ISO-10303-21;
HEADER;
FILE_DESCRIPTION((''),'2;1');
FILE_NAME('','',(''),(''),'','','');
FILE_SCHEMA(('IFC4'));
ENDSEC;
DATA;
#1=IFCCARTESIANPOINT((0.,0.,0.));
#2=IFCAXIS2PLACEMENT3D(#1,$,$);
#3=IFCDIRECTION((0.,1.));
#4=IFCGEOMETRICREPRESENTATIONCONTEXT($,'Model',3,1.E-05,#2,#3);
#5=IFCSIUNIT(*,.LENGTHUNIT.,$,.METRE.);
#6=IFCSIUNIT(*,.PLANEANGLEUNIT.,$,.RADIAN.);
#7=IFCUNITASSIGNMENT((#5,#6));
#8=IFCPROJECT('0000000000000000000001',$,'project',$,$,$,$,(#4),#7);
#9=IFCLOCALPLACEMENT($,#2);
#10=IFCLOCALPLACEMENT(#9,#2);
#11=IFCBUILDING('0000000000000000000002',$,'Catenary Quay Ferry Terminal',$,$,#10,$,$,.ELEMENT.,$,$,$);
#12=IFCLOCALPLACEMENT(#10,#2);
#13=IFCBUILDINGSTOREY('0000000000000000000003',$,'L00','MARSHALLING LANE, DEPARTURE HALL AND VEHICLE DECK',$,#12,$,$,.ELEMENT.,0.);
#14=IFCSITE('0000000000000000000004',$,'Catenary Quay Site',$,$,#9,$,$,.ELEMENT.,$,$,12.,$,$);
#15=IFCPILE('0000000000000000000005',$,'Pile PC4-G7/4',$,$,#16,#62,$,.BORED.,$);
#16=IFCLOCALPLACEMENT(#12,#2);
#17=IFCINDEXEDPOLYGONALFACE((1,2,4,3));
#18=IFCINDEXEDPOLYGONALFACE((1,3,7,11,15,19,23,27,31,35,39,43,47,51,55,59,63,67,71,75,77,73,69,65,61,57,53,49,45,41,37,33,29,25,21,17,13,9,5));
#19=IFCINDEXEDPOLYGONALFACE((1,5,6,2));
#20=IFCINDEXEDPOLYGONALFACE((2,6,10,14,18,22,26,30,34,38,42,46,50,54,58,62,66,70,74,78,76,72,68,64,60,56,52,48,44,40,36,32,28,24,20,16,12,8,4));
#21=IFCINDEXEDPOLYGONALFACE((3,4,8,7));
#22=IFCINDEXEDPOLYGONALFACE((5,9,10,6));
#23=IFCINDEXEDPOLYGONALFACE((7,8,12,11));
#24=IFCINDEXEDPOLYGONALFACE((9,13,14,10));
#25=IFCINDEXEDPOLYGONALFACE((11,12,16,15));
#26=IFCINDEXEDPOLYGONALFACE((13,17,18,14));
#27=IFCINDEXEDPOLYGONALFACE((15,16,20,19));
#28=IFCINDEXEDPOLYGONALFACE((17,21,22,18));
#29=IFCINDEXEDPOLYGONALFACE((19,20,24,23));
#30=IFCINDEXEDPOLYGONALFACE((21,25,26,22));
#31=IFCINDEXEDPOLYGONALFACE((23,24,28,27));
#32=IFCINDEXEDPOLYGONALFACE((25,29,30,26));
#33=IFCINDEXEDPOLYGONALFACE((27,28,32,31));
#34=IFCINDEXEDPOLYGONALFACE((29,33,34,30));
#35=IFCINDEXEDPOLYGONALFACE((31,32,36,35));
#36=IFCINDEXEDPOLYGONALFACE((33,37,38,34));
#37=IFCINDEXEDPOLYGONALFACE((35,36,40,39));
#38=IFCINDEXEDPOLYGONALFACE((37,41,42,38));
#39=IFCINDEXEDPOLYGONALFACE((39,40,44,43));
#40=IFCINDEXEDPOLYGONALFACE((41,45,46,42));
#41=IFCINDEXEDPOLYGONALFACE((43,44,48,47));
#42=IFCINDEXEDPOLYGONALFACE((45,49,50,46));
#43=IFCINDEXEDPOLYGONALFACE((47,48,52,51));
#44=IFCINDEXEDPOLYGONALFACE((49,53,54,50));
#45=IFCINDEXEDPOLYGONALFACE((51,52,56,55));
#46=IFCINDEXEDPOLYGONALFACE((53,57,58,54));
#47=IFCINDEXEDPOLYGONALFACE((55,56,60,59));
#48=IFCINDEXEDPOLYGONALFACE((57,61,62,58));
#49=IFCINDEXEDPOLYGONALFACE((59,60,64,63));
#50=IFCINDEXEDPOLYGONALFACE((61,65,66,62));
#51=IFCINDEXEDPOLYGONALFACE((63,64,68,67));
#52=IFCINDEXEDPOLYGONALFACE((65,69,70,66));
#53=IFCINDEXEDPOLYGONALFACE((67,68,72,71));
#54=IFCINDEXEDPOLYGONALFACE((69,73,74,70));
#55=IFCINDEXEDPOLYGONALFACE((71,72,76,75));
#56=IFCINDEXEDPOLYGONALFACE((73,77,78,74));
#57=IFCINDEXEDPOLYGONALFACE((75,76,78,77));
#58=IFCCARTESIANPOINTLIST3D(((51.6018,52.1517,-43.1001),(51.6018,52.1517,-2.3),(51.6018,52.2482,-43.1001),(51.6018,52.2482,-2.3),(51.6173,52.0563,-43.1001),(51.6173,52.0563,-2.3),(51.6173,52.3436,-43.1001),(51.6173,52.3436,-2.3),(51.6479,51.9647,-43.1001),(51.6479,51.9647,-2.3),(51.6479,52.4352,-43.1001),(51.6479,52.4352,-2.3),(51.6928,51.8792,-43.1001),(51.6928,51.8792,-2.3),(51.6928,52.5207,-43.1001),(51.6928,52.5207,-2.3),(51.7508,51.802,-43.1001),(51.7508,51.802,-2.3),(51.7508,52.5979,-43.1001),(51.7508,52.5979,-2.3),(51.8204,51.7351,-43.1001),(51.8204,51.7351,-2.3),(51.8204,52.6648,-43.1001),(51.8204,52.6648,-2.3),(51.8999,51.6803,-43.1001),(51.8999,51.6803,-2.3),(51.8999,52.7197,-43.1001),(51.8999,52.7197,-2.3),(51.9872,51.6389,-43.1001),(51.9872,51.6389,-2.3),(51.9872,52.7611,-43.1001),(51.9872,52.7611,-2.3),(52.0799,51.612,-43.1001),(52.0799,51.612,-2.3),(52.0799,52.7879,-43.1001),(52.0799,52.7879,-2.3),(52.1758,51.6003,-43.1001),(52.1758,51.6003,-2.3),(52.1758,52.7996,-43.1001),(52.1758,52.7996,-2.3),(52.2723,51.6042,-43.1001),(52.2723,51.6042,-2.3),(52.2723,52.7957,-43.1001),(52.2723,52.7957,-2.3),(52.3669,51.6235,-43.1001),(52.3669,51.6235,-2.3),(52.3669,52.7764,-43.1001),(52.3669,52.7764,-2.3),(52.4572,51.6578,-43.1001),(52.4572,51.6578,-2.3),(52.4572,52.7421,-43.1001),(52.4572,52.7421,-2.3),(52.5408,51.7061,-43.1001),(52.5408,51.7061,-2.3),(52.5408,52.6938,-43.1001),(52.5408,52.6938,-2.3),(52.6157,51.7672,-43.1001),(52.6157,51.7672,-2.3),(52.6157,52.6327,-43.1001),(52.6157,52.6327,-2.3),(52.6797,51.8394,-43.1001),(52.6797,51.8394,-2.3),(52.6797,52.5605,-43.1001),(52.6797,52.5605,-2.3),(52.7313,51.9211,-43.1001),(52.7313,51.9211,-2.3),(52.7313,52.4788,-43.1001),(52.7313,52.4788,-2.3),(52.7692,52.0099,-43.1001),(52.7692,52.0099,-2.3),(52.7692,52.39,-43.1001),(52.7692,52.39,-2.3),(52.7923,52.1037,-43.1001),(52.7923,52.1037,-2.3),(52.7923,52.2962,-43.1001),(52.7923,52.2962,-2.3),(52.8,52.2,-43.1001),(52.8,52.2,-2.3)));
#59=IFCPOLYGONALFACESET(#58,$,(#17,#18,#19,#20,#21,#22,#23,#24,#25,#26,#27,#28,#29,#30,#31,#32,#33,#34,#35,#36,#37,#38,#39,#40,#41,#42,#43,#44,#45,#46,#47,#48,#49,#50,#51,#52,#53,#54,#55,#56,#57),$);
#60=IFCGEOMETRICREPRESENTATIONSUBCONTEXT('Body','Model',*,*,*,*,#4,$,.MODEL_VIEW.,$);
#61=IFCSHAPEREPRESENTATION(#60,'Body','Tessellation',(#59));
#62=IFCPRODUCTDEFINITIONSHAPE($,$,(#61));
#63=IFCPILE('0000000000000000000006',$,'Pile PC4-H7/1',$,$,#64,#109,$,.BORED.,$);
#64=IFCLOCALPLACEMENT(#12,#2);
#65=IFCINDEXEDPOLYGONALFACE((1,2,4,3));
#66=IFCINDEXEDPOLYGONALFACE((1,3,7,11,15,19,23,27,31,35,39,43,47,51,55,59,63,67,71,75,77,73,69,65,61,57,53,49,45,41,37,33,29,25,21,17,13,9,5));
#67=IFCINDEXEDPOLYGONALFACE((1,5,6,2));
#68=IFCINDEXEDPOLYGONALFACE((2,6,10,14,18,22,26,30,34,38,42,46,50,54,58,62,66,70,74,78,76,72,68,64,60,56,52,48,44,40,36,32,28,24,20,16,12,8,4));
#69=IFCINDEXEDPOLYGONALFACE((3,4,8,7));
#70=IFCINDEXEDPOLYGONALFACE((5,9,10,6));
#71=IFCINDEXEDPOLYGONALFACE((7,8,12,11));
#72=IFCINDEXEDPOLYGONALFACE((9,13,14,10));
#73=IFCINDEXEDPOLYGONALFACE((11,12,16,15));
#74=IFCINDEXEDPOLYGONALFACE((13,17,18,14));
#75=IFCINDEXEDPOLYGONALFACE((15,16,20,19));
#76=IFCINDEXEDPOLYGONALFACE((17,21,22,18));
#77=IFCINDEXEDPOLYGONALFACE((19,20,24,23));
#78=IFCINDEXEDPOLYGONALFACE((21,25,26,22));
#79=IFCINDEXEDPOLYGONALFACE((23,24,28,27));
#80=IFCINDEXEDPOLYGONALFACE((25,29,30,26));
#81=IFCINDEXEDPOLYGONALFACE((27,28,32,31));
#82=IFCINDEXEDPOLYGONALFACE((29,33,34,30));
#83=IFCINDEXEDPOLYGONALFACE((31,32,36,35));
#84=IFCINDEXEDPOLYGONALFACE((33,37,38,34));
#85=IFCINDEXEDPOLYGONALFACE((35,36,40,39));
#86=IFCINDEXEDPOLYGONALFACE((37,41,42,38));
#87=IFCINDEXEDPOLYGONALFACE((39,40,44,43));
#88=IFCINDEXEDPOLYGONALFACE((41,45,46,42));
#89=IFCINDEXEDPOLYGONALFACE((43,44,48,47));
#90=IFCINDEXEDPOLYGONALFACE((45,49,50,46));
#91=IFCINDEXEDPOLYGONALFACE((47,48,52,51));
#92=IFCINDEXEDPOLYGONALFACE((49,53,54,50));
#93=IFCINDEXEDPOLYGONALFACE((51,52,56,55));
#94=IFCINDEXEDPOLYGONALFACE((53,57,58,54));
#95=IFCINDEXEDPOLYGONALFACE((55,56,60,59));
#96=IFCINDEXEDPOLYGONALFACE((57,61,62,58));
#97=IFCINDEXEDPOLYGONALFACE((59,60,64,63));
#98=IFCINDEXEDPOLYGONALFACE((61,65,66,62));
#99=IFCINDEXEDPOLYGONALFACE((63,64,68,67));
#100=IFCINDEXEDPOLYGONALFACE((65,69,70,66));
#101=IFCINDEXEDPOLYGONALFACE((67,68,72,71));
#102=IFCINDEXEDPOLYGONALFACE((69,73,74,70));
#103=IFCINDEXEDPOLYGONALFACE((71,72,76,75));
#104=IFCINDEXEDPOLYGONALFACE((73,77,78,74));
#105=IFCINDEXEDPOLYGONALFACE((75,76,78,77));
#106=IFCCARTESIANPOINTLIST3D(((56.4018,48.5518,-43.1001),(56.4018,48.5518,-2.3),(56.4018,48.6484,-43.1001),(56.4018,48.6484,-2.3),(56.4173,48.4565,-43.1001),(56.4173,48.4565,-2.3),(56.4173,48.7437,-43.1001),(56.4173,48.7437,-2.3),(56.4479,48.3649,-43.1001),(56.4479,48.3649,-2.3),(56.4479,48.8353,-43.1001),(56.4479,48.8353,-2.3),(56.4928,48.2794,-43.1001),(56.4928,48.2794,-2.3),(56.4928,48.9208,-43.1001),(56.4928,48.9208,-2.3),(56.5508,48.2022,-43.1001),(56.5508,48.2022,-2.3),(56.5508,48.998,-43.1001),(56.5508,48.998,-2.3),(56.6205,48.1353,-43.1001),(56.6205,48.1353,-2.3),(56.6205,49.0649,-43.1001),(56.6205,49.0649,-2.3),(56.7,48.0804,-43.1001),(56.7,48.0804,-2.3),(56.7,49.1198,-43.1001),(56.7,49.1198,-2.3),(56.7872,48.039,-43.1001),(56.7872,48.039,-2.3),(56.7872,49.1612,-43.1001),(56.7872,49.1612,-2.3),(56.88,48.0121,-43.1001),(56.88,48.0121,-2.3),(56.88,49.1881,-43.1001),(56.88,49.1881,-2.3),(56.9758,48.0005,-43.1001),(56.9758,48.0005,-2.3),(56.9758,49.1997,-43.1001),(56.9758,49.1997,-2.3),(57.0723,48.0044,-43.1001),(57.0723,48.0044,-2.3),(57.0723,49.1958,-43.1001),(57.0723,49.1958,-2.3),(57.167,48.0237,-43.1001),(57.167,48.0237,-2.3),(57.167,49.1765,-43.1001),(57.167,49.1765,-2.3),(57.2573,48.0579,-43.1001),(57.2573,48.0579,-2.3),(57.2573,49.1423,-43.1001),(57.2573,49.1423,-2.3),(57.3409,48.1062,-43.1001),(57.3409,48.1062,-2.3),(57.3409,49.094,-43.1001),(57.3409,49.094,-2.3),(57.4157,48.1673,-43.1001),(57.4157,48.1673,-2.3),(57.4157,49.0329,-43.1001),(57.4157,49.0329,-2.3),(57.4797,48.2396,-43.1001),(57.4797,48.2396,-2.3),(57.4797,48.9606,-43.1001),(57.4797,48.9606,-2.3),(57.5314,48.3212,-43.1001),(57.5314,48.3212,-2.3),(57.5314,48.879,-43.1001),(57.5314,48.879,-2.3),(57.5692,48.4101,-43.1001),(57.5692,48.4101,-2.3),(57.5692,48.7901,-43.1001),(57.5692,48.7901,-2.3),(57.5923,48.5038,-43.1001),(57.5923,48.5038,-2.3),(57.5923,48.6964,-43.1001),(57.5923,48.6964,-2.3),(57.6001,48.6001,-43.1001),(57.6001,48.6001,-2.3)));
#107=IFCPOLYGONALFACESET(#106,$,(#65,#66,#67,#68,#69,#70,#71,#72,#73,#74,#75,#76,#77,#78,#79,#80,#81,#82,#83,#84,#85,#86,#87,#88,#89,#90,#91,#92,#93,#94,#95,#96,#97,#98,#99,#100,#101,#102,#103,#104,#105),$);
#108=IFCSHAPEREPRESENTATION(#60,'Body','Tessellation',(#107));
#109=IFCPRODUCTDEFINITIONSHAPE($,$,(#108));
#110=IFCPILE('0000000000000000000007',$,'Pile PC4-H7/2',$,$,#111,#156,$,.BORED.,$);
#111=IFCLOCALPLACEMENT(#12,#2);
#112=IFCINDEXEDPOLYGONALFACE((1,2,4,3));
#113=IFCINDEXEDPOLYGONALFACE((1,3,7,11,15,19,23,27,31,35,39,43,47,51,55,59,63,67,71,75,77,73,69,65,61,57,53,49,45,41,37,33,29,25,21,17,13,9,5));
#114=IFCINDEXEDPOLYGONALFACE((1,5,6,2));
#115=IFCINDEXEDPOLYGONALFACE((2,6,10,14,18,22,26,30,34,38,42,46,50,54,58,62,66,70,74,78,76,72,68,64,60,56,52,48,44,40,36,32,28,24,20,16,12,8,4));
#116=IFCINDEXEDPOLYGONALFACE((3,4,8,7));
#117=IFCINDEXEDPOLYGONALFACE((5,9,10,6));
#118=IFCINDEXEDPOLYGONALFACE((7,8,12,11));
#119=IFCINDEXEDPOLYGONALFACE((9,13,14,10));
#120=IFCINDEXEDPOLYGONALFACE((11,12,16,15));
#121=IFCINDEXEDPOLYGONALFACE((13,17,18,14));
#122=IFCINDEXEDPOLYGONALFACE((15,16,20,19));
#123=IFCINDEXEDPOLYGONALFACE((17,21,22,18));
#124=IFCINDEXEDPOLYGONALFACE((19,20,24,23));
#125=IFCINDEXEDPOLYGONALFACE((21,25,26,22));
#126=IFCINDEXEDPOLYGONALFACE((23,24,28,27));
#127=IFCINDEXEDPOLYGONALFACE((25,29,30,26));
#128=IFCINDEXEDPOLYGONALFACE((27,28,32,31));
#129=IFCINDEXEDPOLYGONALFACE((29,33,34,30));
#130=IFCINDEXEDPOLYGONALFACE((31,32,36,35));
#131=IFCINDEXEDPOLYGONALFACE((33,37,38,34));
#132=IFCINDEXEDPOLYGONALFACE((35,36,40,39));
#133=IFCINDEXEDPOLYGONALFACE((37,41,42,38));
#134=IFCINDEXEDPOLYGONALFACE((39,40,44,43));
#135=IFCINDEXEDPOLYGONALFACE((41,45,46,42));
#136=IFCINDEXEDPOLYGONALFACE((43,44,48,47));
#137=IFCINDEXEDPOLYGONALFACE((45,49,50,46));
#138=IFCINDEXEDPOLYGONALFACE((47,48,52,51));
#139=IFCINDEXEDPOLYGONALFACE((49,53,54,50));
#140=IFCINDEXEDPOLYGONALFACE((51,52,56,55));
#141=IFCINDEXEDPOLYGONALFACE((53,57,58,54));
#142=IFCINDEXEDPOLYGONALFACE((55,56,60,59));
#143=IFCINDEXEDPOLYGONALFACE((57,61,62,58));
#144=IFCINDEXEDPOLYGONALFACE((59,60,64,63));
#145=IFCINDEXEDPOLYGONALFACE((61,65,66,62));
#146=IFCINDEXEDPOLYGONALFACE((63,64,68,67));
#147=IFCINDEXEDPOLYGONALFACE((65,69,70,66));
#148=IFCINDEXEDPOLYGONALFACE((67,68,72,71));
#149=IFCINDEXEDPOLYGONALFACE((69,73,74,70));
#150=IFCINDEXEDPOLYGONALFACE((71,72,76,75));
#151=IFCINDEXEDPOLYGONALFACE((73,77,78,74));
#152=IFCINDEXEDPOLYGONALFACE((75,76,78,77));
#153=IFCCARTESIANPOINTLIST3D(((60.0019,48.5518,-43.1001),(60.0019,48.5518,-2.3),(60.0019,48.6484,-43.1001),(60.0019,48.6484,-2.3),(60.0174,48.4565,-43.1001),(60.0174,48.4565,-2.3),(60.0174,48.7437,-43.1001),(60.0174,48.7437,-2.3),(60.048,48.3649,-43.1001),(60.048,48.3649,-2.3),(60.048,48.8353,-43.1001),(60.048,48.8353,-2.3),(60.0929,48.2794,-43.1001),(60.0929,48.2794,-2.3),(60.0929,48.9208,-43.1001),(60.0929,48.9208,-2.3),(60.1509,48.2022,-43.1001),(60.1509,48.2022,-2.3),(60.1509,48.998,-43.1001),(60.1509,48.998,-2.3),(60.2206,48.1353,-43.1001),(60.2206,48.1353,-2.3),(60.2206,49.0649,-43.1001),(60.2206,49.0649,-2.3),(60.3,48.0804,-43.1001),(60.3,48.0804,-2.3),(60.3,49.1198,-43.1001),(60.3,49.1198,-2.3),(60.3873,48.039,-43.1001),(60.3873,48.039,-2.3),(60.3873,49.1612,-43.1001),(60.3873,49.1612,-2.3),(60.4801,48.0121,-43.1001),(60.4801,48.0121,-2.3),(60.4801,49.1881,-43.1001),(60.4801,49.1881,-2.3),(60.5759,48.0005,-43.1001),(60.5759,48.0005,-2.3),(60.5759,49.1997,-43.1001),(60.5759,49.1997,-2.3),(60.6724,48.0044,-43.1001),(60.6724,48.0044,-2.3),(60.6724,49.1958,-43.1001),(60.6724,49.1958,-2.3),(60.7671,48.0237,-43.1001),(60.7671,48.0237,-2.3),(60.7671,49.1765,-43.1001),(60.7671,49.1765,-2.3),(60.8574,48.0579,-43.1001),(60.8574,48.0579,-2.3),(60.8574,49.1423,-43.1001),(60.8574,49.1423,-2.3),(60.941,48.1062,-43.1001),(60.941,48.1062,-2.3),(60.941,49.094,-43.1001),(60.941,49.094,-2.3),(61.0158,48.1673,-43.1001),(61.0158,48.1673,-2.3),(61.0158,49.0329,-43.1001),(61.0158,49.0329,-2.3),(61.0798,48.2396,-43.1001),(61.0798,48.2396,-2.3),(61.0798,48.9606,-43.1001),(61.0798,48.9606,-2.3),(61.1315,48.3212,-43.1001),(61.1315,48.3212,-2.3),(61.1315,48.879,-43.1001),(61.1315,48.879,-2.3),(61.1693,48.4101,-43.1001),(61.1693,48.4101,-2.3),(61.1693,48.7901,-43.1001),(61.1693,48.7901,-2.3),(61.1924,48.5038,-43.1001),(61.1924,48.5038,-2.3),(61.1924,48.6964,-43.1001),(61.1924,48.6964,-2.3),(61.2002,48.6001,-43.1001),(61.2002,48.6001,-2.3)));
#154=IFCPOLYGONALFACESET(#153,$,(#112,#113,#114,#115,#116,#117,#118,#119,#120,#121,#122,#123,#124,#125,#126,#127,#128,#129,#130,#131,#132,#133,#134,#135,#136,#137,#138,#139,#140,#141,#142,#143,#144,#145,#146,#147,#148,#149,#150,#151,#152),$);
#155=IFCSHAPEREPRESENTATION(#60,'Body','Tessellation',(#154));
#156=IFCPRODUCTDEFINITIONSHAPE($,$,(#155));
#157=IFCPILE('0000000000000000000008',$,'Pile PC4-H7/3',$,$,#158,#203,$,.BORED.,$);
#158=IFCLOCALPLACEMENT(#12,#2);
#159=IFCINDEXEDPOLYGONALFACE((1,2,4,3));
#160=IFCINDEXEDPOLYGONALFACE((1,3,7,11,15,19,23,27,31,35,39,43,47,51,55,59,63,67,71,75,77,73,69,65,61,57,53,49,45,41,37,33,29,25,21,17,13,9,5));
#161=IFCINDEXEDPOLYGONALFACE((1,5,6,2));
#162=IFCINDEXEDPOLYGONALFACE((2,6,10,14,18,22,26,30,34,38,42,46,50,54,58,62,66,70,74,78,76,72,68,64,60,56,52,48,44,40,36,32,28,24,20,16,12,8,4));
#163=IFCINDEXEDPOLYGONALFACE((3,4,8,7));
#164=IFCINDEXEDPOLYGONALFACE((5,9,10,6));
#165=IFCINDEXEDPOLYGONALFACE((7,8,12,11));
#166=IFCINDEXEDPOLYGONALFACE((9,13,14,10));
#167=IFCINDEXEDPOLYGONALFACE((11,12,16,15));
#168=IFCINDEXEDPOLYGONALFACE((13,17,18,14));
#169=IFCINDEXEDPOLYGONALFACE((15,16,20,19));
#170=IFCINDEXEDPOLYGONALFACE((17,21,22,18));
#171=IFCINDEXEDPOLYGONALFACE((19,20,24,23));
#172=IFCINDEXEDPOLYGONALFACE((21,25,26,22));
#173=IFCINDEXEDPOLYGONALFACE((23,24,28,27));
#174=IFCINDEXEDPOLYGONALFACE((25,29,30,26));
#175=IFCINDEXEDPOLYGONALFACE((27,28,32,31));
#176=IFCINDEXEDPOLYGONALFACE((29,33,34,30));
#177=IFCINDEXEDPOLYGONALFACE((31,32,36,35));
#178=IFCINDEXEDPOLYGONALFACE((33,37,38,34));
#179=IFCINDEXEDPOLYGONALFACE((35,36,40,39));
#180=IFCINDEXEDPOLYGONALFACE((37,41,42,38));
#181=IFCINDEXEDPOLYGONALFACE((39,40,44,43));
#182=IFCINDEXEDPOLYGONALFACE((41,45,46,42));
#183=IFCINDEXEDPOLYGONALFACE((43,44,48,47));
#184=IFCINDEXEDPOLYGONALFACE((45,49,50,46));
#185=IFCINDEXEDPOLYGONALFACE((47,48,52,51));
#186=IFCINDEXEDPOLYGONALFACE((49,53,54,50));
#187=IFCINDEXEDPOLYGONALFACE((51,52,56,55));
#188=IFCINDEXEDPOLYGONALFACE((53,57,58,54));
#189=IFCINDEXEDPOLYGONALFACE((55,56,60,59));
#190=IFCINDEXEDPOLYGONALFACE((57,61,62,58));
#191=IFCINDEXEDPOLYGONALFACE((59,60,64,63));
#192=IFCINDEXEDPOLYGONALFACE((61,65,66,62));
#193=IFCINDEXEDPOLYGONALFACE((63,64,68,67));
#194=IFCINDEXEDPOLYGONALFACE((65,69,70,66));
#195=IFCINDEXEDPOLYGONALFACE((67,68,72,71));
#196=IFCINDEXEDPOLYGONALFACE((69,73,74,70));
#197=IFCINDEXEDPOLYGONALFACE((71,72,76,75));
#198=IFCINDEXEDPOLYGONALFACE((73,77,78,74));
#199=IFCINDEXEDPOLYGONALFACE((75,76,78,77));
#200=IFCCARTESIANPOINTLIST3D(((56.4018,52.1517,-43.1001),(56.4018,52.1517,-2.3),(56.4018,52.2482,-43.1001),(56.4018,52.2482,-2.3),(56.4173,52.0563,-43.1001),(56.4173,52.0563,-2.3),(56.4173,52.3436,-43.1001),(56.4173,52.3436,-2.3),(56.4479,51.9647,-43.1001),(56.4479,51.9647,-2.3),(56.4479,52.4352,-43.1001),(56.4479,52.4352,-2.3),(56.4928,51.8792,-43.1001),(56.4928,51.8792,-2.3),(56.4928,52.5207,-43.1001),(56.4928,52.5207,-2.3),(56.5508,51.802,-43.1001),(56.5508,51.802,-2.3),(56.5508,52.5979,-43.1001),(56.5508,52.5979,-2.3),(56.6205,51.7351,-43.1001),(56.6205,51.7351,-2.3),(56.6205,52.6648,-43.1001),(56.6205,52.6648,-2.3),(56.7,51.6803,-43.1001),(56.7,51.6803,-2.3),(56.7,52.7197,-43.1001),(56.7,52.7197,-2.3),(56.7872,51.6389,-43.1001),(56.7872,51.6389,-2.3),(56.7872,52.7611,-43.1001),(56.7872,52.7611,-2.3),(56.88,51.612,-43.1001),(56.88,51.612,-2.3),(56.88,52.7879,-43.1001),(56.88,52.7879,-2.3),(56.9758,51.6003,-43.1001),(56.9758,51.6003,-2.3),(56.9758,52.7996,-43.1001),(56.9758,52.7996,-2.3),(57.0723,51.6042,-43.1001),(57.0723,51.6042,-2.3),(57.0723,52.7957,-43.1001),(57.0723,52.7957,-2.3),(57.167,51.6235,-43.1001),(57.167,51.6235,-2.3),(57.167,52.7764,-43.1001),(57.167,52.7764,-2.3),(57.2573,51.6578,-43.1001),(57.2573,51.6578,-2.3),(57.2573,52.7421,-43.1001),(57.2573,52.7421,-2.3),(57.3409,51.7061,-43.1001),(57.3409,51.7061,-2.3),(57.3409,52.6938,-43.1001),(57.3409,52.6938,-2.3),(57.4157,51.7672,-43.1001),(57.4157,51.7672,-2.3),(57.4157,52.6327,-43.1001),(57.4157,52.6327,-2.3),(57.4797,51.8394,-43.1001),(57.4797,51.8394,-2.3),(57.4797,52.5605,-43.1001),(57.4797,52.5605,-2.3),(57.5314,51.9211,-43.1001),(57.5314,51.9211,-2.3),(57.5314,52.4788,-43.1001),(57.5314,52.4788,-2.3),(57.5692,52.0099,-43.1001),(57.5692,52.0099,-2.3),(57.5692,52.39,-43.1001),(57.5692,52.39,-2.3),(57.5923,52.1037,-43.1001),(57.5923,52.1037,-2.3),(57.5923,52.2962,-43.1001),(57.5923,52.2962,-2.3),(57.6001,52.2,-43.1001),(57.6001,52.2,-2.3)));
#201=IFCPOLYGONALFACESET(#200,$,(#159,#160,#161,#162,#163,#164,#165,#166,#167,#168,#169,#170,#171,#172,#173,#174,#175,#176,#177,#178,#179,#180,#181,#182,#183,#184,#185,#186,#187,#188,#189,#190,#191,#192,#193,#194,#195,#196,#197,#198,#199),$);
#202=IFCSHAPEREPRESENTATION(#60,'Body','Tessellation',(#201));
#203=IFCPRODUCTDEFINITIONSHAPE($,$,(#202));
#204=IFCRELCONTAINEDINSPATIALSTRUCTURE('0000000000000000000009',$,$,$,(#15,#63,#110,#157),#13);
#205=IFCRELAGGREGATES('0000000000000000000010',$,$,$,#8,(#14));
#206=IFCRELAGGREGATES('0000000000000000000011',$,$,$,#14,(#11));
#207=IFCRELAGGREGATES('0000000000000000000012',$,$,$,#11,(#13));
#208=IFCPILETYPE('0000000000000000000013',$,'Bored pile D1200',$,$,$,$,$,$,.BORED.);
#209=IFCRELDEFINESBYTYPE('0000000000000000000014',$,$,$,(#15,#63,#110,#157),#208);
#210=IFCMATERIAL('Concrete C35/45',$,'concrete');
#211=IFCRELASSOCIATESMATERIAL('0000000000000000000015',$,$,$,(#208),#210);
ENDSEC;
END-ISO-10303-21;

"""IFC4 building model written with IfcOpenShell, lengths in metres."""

from ifc_helpers import new_model, si_unit, direction, frame, origin, origin_2d, place, context, subcontext, project, spatial, circle, extrude, material, material_profile, profile_set, type_object, element, save


model = new_model("IFC4")

# Units and contexts
model_context = context("Model", 3, precision=1e-05, world=origin(), true_north=direction((0.0, 1.0)))
body_context = subcontext(model_context, "Body", "Model", "MODEL_VIEW")
ifc_project = project(units=[si_unit("LENGTHUNIT", "METRE"), si_unit("PLANEANGLEUNIT", "RADIAN")], contexts=[model_context])

# Site, building, storey
site_placement = place(None, origin())
site = spatial("IfcSite", under=ifc_project, at=site_placement, Name="Catenary Quay Site", CompositionType="ELEMENT", RefElevation=12.0)
building_placement = place(site_placement, origin())
building = spatial("IfcBuilding", under=site, at=building_placement, Name="Catenary Quay Ferry Terminal", CompositionType="ELEMENT")
storey_placement = place(building_placement, origin())
storey = spatial("IfcBuildingStorey", under=building, at=storey_placement, Name="L00", Description="MARSHALLING LANE, DEPARTURE HALL AND VEHICLE DECK", CompositionType="ELEMENT", Elevation=0.0)

# Piles
ifc_material_1 = material(Name="Concrete C35/45", Category="concrete")
ifc_material_profile_1 = material_profile(ifc_material_1, circle(Radius=0.6001, at=origin_2d()), Name="D1200")
ifc_profile_set_1 = profile_set([ifc_material_profile_1], Name="Concrete C35/45")
pile_type = type_object("IfcPileType", Name="Bored pile D1200", PredefinedType="BORED", material=ifc_profile_set_1)
for number, where, z_axis, x_axis, name in (
    (1, (52.2, 52.2, -2.3), (0.0, 0.0, -1.0), (1.0, 0.0, 0.0), "Pile PC4-G7/4"),
    (2, (57.0, 48.6001, -2.3), (0.0, 0.0, -1.0), (1.0, 0.0, 0.0), "Pile PC4-H7/1"),
    (3, (60.6001, 48.6001, -2.3), (0.0, 0.0, -1.0), (1.0, 0.0, 0.0), "Pile PC4-H7/2"),
    (4, (57.0, 52.2, -2.3), (0.0, 0.0, -1.0), (1.0, 0.0, 0.0), "Pile PC4-H7/3"),
):
    element("IfcPile", number, at=place(storey_placement, frame(where, z_axis=z_axis, x_axis=x_axis)), inside=storey, type_object=pile_type, Name=name, PredefinedType="BORED", context=body_context, shape_type="SweptSolid", body=[
        extrude(circle(Radius=0.6001, at=origin_2d()), origin(), (0.0, 0.0, 1.0), 40.8),
    ])

save(model, "model.ifc")
